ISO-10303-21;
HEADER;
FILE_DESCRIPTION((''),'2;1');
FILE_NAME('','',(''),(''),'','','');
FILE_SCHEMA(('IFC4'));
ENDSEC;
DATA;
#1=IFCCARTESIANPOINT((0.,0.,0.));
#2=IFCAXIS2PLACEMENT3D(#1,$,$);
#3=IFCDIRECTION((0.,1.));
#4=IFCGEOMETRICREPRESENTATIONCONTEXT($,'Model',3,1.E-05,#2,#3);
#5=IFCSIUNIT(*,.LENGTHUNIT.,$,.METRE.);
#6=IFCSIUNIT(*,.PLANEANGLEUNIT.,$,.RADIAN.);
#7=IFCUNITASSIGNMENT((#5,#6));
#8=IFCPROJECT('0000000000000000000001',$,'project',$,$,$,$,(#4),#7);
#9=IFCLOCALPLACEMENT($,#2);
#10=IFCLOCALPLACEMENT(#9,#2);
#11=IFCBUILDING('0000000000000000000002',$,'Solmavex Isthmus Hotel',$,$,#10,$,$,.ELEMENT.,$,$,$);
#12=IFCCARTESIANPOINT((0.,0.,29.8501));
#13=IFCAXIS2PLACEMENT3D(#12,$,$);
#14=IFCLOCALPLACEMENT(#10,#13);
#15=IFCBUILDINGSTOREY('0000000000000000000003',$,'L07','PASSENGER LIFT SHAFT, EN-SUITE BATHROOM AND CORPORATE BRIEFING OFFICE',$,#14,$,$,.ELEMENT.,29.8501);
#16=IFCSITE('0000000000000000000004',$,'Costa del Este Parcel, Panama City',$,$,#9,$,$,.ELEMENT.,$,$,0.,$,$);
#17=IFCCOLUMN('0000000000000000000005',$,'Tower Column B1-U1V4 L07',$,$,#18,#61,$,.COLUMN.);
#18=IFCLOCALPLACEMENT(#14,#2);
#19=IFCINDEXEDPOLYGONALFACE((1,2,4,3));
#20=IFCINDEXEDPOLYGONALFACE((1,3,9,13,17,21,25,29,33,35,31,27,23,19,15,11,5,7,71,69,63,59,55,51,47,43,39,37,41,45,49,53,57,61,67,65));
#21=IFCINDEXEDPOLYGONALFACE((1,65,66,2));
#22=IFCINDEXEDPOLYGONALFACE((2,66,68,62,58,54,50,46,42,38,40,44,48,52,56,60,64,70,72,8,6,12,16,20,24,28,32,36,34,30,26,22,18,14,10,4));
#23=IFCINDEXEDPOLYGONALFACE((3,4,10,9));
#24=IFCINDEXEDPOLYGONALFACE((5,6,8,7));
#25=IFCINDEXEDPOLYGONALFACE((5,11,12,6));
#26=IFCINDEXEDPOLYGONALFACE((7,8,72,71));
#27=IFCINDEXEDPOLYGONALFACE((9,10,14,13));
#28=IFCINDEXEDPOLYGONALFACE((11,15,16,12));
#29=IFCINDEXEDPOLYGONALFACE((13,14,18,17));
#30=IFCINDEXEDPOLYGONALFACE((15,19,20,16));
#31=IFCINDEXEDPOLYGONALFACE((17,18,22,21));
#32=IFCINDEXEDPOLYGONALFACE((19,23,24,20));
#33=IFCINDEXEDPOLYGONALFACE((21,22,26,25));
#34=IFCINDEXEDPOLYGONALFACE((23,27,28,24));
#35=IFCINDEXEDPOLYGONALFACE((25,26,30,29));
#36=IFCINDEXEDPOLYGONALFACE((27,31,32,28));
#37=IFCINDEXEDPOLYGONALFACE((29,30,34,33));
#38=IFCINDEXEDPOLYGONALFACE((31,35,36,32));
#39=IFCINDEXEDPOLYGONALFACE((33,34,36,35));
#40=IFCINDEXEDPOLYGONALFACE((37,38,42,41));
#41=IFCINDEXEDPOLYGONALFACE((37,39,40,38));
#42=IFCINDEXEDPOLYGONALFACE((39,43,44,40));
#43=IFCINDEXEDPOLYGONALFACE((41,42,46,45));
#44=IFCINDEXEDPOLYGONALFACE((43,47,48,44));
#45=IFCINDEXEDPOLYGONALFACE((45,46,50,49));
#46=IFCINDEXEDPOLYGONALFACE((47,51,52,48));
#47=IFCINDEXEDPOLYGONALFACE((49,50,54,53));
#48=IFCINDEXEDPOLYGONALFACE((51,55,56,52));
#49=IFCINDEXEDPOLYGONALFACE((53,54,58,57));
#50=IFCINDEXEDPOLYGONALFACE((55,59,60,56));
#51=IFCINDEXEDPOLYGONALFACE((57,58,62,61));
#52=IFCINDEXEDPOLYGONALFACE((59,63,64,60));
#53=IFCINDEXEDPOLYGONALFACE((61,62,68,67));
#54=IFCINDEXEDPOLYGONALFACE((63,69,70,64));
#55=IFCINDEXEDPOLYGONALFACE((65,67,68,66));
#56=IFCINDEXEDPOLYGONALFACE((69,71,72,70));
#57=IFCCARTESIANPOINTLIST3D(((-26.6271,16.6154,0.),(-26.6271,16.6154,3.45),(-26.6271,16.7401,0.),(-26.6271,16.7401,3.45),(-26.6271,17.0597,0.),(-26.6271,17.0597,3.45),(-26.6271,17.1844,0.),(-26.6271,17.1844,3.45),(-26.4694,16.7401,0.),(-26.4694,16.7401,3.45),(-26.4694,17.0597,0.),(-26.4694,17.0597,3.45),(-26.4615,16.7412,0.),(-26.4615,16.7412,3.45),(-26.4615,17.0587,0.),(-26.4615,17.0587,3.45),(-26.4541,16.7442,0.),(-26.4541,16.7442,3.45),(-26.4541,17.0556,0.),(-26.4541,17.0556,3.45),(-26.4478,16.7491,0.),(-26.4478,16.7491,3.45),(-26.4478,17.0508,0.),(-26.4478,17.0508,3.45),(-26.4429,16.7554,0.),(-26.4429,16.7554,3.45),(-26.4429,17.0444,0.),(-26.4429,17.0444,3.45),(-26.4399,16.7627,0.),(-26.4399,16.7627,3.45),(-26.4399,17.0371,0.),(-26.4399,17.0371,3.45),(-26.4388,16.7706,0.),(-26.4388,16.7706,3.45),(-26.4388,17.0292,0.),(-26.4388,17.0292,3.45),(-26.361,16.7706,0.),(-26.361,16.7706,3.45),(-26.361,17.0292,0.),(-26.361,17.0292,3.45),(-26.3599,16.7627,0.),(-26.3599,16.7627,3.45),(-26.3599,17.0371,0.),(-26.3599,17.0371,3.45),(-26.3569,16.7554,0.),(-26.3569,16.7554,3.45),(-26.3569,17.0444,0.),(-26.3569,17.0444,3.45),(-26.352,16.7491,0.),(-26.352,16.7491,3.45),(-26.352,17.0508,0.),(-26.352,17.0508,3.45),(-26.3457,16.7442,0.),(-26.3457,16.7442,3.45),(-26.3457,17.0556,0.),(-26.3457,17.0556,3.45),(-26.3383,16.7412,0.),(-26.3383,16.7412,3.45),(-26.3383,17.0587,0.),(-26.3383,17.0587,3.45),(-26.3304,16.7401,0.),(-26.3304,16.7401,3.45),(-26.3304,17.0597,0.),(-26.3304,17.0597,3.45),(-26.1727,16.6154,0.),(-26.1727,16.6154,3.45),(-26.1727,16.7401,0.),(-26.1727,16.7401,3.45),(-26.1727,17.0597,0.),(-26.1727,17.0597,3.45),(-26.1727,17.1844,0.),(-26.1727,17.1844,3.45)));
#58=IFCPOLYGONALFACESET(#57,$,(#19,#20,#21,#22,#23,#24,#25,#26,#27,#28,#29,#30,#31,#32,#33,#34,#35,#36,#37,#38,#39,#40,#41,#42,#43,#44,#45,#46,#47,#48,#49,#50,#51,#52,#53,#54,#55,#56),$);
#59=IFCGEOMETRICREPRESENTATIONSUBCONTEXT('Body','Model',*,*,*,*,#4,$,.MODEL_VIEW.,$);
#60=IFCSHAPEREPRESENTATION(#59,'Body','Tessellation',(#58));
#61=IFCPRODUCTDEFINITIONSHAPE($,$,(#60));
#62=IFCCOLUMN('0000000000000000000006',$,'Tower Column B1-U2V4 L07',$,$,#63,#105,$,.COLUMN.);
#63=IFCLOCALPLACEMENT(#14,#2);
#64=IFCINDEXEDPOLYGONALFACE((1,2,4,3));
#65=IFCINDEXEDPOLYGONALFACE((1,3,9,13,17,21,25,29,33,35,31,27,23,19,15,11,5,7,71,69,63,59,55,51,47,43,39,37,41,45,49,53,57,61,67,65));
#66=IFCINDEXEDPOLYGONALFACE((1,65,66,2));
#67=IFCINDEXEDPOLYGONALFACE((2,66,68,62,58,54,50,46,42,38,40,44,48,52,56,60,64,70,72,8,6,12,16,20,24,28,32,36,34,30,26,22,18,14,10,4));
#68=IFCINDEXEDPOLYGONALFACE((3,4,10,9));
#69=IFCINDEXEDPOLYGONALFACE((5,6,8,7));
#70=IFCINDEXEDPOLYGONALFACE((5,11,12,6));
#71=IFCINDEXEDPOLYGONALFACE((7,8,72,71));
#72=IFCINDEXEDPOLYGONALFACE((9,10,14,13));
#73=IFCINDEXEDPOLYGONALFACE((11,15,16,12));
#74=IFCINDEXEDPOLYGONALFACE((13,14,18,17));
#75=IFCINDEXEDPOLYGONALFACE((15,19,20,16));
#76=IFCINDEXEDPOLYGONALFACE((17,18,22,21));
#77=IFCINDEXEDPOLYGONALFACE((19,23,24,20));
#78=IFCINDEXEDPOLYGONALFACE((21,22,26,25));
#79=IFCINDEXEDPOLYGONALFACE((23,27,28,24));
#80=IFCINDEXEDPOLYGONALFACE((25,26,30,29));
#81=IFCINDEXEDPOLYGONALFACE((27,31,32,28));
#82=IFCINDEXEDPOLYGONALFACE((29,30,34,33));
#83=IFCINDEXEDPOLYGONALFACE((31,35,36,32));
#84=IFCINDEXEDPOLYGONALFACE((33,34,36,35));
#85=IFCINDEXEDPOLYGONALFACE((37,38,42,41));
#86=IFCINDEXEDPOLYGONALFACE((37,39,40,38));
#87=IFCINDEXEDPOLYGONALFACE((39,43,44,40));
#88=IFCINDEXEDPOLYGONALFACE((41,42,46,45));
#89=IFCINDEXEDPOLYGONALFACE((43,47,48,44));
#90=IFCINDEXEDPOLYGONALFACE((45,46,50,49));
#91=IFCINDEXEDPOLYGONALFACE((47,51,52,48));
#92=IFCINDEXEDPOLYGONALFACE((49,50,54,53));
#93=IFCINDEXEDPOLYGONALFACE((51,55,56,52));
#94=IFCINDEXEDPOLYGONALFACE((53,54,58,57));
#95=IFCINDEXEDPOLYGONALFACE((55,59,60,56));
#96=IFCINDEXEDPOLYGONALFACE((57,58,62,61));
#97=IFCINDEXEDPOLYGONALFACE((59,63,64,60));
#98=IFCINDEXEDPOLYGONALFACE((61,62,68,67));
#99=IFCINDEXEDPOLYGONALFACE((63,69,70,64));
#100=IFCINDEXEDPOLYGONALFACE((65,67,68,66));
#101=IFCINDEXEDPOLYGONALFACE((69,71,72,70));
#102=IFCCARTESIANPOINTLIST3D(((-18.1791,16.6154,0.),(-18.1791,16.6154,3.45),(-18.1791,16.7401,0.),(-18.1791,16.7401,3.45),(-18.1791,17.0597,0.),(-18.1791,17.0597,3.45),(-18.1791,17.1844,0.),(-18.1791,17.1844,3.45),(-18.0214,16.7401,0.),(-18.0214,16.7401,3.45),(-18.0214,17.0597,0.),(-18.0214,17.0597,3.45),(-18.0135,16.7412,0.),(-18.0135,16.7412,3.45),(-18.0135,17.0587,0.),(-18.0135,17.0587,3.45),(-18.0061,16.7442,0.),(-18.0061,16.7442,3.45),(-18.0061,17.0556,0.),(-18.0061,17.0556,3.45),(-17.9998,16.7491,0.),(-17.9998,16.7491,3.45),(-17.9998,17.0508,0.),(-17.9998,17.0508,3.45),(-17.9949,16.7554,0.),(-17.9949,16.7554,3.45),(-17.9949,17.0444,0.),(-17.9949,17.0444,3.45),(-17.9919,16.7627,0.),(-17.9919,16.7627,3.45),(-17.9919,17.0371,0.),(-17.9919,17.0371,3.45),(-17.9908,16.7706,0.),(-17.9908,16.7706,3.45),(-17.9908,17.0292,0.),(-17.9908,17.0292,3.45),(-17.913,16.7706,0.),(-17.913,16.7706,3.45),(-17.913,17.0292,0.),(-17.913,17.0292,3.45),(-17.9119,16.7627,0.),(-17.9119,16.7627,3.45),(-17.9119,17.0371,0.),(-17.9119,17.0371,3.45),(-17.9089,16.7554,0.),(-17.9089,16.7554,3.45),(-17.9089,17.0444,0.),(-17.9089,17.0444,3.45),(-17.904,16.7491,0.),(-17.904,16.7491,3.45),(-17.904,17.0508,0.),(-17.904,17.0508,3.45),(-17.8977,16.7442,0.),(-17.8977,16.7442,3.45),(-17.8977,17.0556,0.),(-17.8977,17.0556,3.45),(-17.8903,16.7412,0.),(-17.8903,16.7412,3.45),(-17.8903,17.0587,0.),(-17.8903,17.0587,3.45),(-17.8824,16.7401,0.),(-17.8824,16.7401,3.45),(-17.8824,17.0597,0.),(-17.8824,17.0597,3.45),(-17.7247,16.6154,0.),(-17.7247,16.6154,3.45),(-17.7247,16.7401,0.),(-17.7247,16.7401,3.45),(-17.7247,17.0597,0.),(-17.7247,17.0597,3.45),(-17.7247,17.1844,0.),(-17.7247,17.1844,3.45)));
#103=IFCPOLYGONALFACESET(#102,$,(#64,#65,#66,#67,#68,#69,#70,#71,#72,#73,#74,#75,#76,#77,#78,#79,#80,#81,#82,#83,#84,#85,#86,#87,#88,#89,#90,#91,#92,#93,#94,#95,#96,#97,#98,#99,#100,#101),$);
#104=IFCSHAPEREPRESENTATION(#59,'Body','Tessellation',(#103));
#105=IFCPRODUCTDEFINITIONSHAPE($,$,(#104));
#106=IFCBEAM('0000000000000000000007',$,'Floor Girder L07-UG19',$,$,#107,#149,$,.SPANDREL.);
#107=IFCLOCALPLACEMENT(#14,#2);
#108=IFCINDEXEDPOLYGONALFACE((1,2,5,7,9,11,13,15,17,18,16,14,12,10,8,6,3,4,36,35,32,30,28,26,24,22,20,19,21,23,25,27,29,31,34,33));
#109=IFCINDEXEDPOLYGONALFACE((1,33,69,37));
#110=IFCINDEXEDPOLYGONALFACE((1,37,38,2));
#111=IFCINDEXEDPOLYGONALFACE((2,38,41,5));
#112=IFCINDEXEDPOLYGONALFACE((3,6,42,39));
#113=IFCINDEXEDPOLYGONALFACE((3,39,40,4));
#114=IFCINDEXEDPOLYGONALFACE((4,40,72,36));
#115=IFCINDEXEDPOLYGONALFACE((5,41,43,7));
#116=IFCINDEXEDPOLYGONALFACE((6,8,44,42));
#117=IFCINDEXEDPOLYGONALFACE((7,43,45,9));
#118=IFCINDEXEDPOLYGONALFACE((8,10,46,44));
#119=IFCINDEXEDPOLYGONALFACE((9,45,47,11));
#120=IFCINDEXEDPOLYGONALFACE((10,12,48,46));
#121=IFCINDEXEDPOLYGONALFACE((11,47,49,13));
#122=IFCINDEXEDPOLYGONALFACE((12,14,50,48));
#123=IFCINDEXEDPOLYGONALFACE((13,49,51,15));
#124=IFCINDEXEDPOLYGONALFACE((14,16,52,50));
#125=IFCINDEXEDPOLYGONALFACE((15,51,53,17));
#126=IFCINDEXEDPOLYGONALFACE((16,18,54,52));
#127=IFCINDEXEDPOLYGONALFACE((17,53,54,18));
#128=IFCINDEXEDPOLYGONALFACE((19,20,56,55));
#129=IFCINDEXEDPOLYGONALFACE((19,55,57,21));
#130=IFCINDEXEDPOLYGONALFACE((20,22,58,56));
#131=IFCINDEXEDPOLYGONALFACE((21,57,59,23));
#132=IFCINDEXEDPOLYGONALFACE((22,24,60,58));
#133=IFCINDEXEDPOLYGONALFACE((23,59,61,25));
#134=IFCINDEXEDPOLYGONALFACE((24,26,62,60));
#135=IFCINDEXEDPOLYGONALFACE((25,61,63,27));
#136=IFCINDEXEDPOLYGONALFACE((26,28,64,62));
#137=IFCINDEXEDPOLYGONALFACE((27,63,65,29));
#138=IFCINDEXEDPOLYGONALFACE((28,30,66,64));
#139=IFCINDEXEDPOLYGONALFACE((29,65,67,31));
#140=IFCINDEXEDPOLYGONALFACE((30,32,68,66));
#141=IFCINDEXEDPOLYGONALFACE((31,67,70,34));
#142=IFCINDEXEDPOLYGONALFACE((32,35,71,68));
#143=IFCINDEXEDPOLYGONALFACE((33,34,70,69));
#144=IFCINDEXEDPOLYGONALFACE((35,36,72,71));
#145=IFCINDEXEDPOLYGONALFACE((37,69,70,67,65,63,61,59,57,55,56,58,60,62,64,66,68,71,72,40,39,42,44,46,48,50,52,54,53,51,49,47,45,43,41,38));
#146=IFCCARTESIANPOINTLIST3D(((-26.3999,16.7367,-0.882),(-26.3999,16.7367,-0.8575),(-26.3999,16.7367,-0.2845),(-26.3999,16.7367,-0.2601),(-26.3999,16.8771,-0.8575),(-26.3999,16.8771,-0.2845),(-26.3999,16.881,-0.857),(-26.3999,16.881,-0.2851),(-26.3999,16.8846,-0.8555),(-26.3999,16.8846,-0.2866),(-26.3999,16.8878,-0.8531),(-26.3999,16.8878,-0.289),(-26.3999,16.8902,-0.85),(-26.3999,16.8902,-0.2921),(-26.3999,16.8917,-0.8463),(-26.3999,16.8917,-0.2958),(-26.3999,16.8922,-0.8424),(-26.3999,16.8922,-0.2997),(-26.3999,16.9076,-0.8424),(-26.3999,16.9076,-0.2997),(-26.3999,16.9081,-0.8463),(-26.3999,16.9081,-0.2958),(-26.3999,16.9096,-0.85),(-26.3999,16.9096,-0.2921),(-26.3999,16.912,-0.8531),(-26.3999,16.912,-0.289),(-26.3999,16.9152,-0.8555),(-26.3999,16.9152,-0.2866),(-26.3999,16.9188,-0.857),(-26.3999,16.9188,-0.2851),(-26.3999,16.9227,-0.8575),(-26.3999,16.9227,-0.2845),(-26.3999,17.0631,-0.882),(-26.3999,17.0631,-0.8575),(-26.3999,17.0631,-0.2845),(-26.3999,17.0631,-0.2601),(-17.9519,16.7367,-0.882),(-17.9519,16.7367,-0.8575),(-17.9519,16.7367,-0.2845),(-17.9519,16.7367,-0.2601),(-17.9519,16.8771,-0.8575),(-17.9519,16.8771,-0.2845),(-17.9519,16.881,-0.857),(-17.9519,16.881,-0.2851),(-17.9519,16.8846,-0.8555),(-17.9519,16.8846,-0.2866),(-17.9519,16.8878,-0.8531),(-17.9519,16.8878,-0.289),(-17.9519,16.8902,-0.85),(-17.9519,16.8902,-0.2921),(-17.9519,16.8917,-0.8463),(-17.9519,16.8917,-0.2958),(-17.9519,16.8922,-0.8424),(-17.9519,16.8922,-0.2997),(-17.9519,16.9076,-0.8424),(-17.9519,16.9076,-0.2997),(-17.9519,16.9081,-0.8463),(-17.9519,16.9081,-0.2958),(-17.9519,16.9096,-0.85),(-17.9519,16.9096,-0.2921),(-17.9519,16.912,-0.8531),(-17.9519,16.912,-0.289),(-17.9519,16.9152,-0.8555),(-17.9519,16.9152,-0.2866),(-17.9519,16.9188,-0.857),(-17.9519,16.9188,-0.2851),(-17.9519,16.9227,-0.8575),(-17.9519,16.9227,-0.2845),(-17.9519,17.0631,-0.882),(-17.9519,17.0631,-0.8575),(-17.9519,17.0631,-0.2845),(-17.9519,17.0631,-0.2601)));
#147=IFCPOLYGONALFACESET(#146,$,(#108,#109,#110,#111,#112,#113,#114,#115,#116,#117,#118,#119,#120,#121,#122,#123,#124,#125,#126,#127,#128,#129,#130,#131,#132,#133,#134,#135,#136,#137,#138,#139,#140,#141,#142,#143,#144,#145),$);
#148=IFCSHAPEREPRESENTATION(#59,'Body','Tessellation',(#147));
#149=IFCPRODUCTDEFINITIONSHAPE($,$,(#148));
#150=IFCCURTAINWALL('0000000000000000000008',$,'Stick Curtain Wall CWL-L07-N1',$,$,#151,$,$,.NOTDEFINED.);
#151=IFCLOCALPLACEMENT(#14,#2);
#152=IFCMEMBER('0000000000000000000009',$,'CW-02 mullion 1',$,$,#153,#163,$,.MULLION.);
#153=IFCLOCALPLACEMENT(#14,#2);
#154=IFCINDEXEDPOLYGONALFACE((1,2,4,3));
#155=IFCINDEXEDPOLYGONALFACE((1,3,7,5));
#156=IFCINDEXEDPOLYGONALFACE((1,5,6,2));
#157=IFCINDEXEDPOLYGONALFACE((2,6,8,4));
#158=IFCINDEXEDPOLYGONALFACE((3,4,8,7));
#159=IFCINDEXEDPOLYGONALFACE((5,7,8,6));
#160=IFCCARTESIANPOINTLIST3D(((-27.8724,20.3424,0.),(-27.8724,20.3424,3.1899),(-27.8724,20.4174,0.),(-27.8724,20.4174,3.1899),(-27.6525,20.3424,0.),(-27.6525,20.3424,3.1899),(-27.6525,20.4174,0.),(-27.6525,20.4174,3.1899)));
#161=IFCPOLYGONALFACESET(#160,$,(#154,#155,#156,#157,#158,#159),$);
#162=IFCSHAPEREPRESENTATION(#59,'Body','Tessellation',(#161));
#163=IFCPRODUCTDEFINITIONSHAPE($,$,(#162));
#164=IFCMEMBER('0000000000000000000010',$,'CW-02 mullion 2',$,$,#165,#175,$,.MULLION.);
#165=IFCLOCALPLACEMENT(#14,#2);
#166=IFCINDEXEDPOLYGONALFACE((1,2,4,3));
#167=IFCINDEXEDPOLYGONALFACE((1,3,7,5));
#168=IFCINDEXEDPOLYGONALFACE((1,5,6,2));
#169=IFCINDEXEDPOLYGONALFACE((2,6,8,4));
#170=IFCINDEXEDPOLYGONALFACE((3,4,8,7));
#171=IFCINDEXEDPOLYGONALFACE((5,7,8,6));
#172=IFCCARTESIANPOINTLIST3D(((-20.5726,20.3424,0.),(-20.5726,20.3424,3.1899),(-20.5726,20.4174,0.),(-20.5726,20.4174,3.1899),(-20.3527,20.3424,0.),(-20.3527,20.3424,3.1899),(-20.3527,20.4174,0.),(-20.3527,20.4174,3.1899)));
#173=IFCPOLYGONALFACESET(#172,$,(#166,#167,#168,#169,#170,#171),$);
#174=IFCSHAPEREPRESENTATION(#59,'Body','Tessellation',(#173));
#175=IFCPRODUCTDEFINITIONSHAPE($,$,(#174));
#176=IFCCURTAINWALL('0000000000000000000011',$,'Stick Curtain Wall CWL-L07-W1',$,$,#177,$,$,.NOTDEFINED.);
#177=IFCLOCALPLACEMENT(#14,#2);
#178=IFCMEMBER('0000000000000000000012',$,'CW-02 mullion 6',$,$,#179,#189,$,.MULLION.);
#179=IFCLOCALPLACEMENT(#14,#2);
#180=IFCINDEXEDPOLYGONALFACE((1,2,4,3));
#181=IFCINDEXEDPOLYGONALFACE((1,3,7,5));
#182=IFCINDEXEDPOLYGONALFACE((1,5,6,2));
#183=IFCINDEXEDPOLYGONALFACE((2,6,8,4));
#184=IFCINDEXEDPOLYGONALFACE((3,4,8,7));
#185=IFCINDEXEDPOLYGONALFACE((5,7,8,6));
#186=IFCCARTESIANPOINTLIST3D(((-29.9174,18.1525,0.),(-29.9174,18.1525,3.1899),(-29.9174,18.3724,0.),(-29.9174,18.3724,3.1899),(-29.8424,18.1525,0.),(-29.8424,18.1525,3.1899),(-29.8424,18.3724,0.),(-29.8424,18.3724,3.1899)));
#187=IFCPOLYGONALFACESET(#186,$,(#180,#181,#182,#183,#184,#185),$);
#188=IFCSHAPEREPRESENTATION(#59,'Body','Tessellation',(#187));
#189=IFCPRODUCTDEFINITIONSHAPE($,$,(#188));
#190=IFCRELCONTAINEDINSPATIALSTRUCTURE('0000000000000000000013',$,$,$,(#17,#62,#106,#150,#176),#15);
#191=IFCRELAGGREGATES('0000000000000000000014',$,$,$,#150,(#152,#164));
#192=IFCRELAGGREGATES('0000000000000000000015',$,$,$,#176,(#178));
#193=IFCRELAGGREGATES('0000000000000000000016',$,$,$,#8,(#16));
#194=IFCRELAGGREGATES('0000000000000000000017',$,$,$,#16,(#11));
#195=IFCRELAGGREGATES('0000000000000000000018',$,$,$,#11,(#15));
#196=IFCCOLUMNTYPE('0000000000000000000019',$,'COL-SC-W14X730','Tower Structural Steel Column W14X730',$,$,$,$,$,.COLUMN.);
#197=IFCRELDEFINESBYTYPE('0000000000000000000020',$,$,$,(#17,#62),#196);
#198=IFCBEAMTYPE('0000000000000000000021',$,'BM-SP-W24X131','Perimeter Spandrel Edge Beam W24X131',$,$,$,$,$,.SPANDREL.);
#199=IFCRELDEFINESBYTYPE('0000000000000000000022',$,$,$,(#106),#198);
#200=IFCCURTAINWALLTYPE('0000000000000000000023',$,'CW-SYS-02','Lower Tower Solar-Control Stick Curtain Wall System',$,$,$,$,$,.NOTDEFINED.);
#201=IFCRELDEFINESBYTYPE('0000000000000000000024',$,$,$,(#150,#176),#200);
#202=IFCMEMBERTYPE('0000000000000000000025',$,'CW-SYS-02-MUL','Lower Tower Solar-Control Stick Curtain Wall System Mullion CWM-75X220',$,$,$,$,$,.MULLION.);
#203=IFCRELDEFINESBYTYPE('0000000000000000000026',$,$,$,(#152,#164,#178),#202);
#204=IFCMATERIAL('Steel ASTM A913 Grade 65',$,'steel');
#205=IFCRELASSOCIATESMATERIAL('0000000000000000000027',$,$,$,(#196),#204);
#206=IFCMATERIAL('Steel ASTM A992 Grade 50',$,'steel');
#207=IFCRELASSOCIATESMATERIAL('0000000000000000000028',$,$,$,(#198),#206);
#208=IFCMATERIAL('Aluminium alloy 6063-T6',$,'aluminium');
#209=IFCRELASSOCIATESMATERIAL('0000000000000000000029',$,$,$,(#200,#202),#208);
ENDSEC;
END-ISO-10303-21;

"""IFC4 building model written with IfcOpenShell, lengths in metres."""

from ifc_helpers import new_model, si_unit, direction, frame, origin, origin_2d, place, context, subcontext, project, spatial, rectangle, i_section, extrude, material, material_profile, profile_set, type_object, element, aggregate, save


model = new_model("IFC4")

# Units and contexts
model_context = context("Model", 3, precision=1e-05, world=origin(), true_north=direction((0.0, 1.0)))
body_context = subcontext(model_context, "Body", "Model", "MODEL_VIEW")
ifc_project = project(units=[si_unit("LENGTHUNIT", "METRE"), si_unit("PLANEANGLEUNIT", "RADIAN")], contexts=[model_context])

# Site, building, storey
site_placement = place(None, origin())
site = spatial("IfcSite", under=ifc_project, at=site_placement, Name="Costa del Este Parcel, Panama City", CompositionType="ELEMENT", RefElevation=0.0)
building_placement = place(site_placement, origin())
building = spatial("IfcBuilding", under=site, at=building_placement, Name="Solmavex Isthmus Hotel", CompositionType="ELEMENT")
storey_placement = place(building_placement, frame((0.0, 0.0, 29.8501)))
storey = spatial("IfcBuildingStorey", under=building, at=storey_placement, Name="L07", Description="PASSENGER LIFT SHAFT, EN-SUITE BATHROOM AND CORPORATE BRIEFING OFFICE", CompositionType="ELEMENT", Elevation=29.8501)

# Columns
ifc_material_1 = material(Name="Steel ASTM A913 Grade 65", Category="steel")
ifc_material_profile_1 = material_profile(ifc_material_1, i_section(OverallWidth=0.4543, OverallDepth=0.5691, WebThickness=0.0779, FlangeThickness=0.1248, FilletRadius=0.0305, at=origin_2d()), Name="W14X730")
ifc_profile_set_1 = profile_set([ifc_material_profile_1], Name="Steel ASTM A913 Grade 65")
column_type = type_object("IfcColumnType", Name="COL-SC-W14X730", Description="Tower Structural Steel Column W14X730", PredefinedType="COLUMN", material=ifc_profile_set_1)
for number, where, z_axis, x_axis, name in (
    (1, (-26.3999, 16.8999, 0.0), (0.0, 0.0, 1.0), (1.0, 0.0, 0.0), "Tower Column B1-U1V4 L07"),
    (2, (-17.9519, 16.8999, 0.0), (0.0, 0.0, 1.0), (1.0, 0.0, 0.0), "Tower Column B1-U2V4 L07"),
):
    element("IfcColumn", number, at=place(storey_placement, frame(where, z_axis=z_axis, x_axis=x_axis)), inside=storey, type_object=column_type, Name=name, PredefinedType="COLUMN", context=body_context, shape_type="SweptSolid", body=[
        extrude(i_section(OverallWidth=0.4543, OverallDepth=0.5691, WebThickness=0.0779, FlangeThickness=0.1248, FilletRadius=0.0305, at=origin_2d()), origin(), (0.0, 0.0, 1.0), 3.45),
    ])

# Beam
ifc_material_2 = material(Name="Steel ASTM A992 Grade 50", Category="steel")
ifc_material_profile_2 = material_profile(ifc_material_2, i_section(OverallWidth=0.3264, OverallDepth=0.6218, WebThickness=0.0154, FlangeThickness=0.0244, FilletRadius=0.0151, at=origin_2d()), Name="W24X131")
ifc_profile_set_2 = profile_set([ifc_material_profile_2], Name="Steel ASTM A992 Grade 50")
beam_type = type_object("IfcBeamType", Name="BM-SP-W24X131", Description="Perimeter Spandrel Edge Beam W24X131", PredefinedType="SPANDREL", material=ifc_profile_set_2)
beam_placement = place(storey_placement, frame((-26.3999, 16.8999, -0.571), z_axis=(1.0, 0.0, 0.0), x_axis=(0.0, 1.0, 0.0)))
element("IfcBeam", 3, at=beam_placement, inside=storey, type_object=beam_type, Name="Floor Girder L07-UG19", PredefinedType="SPANDREL", context=body_context, shape_type="SweptSolid", body=[
    extrude(i_section(OverallWidth=0.3264, OverallDepth=0.6218, WebThickness=0.0154, FlangeThickness=0.0244, FilletRadius=0.0151, at=origin_2d()), origin(), (0.0, 0.0, 1.0), 8.448),
])

# Curtain wall, members
ifc_material_3 = material(Name="Aluminium alloy 6063-T6", Category="aluminium")
curtain_wall_type = type_object("IfcCurtainWallType", Name="CW-SYS-02", Description="Lower Tower Solar-Control Stick Curtain Wall System", PredefinedType="NOTDEFINED", material=ifc_material_3)
curtain_wall_1_placement = place(storey_placement, origin())
curtain_wall_1 = element("IfcCurtainWall", 4, at=curtain_wall_1_placement, inside=storey, type_object=curtain_wall_type, Name="Stick Curtain Wall CWL-L07-N1", PredefinedType="NOTDEFINED")
ifc_material_profile_3 = material_profile(ifc_material_3, rectangle(XDim=0.075, YDim=0.22, at=origin_2d()), Name="CWM-75X220")
ifc_profile_set_3 = profile_set([ifc_material_profile_3], Name="Aluminium alloy 6063-T6")
member_type_1 = type_object("IfcMemberType", Name="CW-SYS-02-MUL", Description="Lower Tower Solar-Control Stick Curtain Wall System Mullion CWM-75X220", PredefinedType="MULLION", material=ifc_profile_set_3)
member_1_placement = place(storey_placement, frame((-27.7625, 20.3799, 0.0), z_axis=(0.0, 0.0, 1.0), x_axis=(0.0, 1.0, 0.0)))
member_1 = element("IfcMember", 5, at=member_1_placement, type_object=member_type_1, Name="CW-02 mullion 1", PredefinedType="MULLION", context=body_context, shape_type="SweptSolid", body=[
    extrude(rectangle(XDim=0.075, YDim=0.22, at=origin_2d()), origin(), (0.0, 0.0, 1.0), 3.1899),
])
member_2_placement = place(storey_placement, frame((-20.4626, 20.3799, 0.0), z_axis=(0.0, 0.0, 1.0), x_axis=(0.0, 1.0, 0.0)))
member_2 = element("IfcMember", 6, at=member_2_placement, type_object=member_type_1, Name="CW-02 mullion 2", PredefinedType="MULLION", context=body_context, shape_type="SweptSolid", body=[
    extrude(rectangle(XDim=0.075, YDim=0.22, at=origin_2d()), origin(), (0.0, 0.0, 1.0), 3.1899),
])

# Curtain wall, member
curtain_wall_2_placement = place(storey_placement, origin())
curtain_wall_2 = element("IfcCurtainWall", 7, at=curtain_wall_2_placement, inside=storey, type_object=curtain_wall_type, Name="Stick Curtain Wall CWL-L07-W1", PredefinedType="NOTDEFINED")
member_3_placement = place(storey_placement, frame((-29.8799, 18.2625, 0.0), z_axis=(0.0, 0.0, 1.0), x_axis=(-1.0, 0.0, 0.0)))
member_3 = element("IfcMember", 8, at=member_3_placement, type_object=member_type_1, Name="CW-02 mullion 6", PredefinedType="MULLION", context=body_context, shape_type="SweptSolid", body=[
    extrude(rectangle(XDim=0.075, YDim=0.22, at=origin_2d()), origin(), (0.0, 0.0, 1.0), 3.1899),
])

aggregate(curtain_wall_1, [member_1, member_2])
aggregate(curtain_wall_2, [member_3])

save(model, "model.ifc")
